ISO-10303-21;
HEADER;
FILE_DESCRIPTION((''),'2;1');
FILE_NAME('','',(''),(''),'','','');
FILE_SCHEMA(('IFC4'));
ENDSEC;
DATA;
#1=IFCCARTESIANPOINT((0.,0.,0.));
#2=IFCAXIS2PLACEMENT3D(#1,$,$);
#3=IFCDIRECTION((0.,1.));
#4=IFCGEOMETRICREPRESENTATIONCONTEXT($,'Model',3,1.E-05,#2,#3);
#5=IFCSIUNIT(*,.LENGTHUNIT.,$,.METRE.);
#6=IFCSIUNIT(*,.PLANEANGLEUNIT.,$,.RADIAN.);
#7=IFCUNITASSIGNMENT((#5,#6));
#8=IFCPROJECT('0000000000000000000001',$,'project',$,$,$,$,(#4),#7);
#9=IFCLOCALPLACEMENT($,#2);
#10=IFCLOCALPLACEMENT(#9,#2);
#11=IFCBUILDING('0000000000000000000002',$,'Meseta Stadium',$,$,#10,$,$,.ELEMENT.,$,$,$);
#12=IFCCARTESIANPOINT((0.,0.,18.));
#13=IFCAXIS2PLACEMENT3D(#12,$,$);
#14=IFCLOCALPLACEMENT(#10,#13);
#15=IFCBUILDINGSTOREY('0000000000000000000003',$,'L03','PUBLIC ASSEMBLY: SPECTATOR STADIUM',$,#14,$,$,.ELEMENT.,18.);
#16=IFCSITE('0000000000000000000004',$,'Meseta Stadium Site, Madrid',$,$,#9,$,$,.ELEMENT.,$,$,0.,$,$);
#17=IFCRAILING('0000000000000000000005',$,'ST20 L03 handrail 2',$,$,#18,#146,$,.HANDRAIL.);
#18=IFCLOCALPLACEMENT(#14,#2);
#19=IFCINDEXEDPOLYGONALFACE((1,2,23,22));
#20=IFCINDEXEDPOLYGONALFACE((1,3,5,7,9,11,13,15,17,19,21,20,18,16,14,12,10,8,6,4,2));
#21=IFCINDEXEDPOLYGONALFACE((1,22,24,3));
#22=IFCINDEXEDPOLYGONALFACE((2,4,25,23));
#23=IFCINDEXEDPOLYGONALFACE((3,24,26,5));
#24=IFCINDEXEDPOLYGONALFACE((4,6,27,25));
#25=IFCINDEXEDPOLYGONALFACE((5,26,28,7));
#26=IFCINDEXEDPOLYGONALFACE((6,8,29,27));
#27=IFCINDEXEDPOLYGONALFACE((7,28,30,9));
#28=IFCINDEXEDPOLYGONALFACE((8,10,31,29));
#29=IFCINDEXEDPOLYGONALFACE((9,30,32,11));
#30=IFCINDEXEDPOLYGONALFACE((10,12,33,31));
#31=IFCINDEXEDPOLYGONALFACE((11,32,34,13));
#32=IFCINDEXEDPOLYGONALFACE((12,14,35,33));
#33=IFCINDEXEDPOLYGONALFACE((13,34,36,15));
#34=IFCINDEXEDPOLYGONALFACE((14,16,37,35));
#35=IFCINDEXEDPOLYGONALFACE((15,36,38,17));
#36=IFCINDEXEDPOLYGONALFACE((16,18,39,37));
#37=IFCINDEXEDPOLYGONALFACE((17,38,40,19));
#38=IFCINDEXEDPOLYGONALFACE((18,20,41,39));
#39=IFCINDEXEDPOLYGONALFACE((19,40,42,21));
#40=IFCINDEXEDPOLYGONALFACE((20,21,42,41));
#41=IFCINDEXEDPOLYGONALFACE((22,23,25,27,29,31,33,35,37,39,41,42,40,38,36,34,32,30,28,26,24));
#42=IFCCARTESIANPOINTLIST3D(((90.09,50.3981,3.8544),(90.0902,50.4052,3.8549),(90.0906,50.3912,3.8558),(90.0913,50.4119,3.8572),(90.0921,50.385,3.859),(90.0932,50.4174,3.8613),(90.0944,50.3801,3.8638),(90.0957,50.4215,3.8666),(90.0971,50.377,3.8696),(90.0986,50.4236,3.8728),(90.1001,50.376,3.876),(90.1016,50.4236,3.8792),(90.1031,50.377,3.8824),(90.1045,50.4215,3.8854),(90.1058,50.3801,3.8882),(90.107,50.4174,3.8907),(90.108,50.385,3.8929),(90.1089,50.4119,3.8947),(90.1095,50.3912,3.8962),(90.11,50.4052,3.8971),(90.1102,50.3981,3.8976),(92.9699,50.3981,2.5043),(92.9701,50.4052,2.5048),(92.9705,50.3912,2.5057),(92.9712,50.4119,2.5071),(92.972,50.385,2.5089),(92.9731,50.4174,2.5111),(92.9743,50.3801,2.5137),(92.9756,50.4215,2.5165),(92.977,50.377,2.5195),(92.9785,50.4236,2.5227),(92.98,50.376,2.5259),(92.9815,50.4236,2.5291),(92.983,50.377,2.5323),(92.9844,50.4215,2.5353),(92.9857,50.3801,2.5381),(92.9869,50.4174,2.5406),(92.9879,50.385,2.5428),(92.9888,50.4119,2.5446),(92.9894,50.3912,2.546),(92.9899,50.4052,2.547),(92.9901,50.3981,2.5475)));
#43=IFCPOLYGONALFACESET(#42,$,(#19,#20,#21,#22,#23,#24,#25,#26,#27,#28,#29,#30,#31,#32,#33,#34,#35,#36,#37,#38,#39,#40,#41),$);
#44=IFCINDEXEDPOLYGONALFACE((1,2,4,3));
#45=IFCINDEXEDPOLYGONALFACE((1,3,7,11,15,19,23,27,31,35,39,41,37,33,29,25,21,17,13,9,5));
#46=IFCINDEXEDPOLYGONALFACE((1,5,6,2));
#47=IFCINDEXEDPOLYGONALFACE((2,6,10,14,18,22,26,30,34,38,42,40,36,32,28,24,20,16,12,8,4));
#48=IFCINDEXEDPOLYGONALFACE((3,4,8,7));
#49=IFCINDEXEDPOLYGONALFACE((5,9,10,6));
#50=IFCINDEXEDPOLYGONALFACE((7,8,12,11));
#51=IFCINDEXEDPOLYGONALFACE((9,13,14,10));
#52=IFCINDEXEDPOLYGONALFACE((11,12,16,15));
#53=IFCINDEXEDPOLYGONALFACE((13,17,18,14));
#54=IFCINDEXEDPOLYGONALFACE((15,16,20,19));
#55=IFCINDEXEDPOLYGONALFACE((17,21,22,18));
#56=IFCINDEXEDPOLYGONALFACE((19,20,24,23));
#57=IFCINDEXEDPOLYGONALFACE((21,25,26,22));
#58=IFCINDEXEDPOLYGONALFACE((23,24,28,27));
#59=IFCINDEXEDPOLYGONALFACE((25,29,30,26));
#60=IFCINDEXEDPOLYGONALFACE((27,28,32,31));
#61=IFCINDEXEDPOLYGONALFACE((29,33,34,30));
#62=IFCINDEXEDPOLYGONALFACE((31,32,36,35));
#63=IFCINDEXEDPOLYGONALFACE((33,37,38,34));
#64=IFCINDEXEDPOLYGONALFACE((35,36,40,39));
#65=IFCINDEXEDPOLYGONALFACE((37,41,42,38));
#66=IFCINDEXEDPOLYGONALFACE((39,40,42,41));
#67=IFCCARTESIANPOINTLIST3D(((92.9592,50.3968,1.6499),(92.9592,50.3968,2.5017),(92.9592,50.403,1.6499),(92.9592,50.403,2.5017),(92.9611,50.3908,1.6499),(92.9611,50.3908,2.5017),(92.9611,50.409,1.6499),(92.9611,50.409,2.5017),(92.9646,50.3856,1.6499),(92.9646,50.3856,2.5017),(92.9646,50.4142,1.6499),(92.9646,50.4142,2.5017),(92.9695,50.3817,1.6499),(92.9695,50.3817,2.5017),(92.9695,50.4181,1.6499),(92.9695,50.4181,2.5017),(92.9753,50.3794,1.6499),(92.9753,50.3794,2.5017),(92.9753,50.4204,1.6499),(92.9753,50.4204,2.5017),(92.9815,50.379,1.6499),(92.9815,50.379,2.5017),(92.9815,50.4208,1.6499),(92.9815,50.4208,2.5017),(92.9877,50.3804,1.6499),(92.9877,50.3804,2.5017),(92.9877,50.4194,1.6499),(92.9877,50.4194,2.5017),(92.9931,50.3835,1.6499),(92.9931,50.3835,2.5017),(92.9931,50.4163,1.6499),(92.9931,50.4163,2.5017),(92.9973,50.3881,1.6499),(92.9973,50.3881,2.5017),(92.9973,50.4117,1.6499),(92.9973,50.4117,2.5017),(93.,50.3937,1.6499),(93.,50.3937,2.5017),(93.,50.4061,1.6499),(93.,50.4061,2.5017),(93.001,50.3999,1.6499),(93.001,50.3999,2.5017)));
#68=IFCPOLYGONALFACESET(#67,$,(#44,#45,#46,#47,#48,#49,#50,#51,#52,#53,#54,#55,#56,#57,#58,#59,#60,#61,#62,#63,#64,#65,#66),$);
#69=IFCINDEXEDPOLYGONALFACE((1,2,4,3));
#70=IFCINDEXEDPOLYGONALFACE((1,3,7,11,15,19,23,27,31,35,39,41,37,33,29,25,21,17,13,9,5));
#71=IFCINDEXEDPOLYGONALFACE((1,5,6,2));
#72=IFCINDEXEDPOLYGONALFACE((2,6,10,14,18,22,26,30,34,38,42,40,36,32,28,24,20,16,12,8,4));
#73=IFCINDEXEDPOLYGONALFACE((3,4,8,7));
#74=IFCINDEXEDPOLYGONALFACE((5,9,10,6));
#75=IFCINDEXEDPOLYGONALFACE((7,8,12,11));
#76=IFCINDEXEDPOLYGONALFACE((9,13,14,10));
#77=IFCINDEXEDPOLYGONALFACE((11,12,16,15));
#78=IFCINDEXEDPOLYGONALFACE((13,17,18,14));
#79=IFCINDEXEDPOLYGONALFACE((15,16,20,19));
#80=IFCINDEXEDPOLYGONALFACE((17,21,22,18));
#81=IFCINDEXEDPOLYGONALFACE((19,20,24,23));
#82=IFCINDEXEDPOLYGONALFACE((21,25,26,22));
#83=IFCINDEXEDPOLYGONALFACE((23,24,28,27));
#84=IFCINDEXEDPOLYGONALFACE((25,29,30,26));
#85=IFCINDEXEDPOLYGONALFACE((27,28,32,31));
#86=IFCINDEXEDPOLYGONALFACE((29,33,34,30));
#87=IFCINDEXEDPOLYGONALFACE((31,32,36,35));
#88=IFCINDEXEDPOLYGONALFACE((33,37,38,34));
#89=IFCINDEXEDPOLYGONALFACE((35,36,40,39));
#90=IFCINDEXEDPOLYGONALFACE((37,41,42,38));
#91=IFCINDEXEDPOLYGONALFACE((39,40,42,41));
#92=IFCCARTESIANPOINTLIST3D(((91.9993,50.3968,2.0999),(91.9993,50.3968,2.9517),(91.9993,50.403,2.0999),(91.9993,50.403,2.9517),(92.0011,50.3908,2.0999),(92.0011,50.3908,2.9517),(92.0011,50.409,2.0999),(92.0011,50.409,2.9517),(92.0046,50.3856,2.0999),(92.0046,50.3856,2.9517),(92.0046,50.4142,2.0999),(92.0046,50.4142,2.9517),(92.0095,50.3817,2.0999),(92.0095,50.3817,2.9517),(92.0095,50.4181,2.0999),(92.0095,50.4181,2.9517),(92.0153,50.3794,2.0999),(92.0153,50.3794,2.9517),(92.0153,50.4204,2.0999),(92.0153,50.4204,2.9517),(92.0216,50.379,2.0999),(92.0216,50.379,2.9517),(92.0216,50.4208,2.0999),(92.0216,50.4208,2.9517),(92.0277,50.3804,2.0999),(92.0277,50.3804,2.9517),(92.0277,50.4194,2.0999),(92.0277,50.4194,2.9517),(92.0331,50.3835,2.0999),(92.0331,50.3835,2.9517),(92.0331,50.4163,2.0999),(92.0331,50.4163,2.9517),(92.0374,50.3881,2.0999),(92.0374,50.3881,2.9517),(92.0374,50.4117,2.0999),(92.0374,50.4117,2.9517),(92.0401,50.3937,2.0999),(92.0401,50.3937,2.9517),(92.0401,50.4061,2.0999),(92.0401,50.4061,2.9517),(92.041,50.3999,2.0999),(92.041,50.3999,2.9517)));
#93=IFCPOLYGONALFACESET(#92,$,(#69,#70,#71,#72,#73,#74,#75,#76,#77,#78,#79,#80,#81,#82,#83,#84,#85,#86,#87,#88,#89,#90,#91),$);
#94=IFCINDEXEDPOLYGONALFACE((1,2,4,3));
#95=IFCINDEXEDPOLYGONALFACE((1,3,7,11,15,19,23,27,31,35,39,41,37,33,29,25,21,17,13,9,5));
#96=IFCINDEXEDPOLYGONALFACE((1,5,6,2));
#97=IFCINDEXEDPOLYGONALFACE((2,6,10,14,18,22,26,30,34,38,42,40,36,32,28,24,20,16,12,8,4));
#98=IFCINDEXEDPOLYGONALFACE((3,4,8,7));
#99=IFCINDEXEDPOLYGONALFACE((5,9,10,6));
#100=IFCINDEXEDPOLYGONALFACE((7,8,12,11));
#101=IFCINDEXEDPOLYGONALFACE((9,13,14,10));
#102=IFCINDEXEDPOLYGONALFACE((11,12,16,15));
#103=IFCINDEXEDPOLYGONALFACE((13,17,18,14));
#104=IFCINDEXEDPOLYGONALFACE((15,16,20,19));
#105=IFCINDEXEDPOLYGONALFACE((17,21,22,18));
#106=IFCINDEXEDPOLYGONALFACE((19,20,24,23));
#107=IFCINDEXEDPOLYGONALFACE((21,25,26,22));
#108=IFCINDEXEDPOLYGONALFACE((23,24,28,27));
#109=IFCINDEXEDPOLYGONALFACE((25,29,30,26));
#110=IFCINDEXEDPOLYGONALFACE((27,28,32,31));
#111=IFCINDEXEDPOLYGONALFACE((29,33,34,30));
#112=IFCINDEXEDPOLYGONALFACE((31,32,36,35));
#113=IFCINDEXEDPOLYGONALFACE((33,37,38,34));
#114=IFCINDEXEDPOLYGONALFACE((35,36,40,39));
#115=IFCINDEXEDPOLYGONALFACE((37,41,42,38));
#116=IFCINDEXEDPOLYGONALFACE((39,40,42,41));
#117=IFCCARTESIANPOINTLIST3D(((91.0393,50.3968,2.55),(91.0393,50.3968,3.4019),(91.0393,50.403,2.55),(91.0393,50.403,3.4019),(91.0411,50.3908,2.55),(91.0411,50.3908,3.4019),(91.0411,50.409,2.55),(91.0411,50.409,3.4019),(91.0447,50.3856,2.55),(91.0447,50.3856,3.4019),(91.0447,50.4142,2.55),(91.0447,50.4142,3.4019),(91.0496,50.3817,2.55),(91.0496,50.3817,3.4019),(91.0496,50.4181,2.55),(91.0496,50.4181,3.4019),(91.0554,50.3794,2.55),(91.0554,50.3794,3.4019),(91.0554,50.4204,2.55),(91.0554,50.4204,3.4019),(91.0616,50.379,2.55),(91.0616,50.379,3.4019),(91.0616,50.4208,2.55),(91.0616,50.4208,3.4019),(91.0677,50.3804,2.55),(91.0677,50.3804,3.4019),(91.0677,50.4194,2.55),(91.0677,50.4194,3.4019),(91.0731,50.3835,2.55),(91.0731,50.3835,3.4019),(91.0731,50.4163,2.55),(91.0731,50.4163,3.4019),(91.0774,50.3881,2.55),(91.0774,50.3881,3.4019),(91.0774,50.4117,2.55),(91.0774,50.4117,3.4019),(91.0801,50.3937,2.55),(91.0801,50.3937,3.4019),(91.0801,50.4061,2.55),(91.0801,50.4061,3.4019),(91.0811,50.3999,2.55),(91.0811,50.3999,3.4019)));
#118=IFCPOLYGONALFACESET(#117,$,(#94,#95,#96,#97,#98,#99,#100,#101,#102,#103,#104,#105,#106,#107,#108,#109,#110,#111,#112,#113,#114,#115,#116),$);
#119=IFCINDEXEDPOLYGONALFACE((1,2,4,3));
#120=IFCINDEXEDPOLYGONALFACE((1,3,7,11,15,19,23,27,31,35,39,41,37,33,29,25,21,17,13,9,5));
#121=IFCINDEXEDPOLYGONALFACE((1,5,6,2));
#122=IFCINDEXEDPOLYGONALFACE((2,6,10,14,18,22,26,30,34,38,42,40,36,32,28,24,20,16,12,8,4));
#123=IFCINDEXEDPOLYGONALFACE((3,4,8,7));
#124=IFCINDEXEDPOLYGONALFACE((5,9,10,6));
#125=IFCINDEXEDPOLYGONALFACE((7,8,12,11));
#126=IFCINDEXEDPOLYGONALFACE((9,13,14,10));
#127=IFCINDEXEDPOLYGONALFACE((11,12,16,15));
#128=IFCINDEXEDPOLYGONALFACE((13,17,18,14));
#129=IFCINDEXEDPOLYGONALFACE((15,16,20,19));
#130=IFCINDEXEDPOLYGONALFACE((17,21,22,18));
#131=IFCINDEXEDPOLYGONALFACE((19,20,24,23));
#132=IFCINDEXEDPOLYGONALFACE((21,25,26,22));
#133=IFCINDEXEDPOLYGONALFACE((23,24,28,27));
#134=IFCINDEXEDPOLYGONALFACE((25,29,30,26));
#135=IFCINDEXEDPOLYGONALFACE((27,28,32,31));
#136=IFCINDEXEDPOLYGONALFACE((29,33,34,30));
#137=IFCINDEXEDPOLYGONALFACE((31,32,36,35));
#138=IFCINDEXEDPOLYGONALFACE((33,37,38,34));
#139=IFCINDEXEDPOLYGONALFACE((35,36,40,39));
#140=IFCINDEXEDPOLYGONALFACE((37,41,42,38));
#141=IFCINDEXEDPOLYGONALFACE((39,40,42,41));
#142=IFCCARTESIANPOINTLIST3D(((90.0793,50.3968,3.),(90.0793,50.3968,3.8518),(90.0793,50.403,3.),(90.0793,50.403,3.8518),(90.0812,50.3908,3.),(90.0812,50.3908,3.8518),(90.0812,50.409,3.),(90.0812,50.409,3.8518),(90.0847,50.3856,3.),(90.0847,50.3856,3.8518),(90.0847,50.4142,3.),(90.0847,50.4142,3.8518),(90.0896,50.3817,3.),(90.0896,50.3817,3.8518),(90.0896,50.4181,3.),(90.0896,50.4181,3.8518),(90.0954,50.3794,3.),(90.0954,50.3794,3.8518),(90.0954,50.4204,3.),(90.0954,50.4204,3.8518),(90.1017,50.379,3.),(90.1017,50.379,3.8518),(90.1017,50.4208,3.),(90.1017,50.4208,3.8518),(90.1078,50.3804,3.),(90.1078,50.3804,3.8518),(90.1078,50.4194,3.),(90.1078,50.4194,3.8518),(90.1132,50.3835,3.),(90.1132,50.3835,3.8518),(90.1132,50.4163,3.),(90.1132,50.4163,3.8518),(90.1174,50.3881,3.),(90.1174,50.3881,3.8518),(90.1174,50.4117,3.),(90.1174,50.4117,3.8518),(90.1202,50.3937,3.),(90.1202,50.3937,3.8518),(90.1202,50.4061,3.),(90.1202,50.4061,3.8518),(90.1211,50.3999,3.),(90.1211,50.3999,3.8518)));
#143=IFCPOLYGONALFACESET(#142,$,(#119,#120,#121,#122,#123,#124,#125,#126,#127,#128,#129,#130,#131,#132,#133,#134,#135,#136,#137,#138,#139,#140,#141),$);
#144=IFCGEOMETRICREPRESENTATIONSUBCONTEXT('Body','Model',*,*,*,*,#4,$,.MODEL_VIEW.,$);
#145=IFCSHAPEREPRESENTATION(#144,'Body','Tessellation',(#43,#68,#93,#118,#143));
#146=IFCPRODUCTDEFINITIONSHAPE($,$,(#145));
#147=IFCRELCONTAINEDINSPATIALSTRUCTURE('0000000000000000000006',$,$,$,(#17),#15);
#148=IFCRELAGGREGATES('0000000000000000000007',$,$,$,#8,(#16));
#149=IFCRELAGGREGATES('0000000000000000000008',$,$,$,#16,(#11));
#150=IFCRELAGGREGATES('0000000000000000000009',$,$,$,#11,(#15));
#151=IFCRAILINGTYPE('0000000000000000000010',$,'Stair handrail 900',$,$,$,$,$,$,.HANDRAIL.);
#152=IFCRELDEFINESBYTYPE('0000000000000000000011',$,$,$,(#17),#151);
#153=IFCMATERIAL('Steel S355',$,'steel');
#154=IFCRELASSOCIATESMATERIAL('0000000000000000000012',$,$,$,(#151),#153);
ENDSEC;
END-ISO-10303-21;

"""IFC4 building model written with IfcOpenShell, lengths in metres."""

from ifc_helpers import new_model, si_unit, direction, frame, origin, origin_2d, place, context, subcontext, project, spatial, circle, extrude, material, type_object, element, save


model = new_model("IFC4")

# Units and contexts
model_context = context("Model", 3, precision=1e-05, world=origin(), true_north=direction((0.0, 1.0)))
body_context = subcontext(model_context, "Body", "Model", "MODEL_VIEW")
ifc_project = project(units=[si_unit("LENGTHUNIT", "METRE"), si_unit("PLANEANGLEUNIT", "RADIAN")], contexts=[model_context])

# Site, building, storey
site_placement = place(None, origin())
site = spatial("IfcSite", under=ifc_project, at=site_placement, Name="Meseta Stadium Site, Madrid", CompositionType="ELEMENT", RefElevation=0.0)
building_placement = place(site_placement, origin())
building = spatial("IfcBuilding", under=site, at=building_placement, Name="Meseta Stadium", CompositionType="ELEMENT")
storey_placement = place(building_placement, frame((0.0, 0.0, 18.0)))
storey = spatial("IfcBuildingStorey", under=building, at=storey_placement, Name="L03", Description="PUBLIC ASSEMBLY: SPECTATOR STADIUM", CompositionType="ELEMENT", Elevation=18.0)

# Railing
ifc_material_1 = material(Name="Steel S355", Category="steel")
railing_type_1 = type_object("IfcRailingType", Name="Stair handrail 900", PredefinedType="HANDRAIL", material=ifc_material_1)
railing_1_placement = place(storey_placement, frame((92.98, 50.3999, 1.6499)))
element("IfcRailing", 1, at=railing_1_placement, inside=storey, type_object=railing_type_1, Name="ST20 L03 handrail 2", PredefinedType="HANDRAIL", context=body_context, shape_type="SweptSolid", body=[
    extrude(circle(Radius=0.0239, at=origin_2d()), frame((0.0, 0.0, 0.876), z_axis=(-0.90544, 0.0, 0.424473), x_axis=(0.0, -1.0, 0.0)), (0.0, 0.0, 1.0), 3.1807),
    extrude(circle(Radius=0.021, at=origin_2d()), origin(), (0.0, 0.0, 1.0), 0.8518),
    extrude(circle(Radius=0.021, at=origin_2d()), frame((-0.96, 0.0, 0.45)), (0.0, 0.0, 1.0), 0.8518),
    extrude(circle(Radius=0.021, at=origin_2d()), frame((-1.9199, 0.0, 0.9001)), (0.0, 0.0, 1.0), 0.8518),
    extrude(circle(Radius=0.021, at=origin_2d()), frame((-2.8799, 0.0, 1.3501)), (0.0, 0.0, 1.0), 0.8518),
])

save(model, "model.ifc")
